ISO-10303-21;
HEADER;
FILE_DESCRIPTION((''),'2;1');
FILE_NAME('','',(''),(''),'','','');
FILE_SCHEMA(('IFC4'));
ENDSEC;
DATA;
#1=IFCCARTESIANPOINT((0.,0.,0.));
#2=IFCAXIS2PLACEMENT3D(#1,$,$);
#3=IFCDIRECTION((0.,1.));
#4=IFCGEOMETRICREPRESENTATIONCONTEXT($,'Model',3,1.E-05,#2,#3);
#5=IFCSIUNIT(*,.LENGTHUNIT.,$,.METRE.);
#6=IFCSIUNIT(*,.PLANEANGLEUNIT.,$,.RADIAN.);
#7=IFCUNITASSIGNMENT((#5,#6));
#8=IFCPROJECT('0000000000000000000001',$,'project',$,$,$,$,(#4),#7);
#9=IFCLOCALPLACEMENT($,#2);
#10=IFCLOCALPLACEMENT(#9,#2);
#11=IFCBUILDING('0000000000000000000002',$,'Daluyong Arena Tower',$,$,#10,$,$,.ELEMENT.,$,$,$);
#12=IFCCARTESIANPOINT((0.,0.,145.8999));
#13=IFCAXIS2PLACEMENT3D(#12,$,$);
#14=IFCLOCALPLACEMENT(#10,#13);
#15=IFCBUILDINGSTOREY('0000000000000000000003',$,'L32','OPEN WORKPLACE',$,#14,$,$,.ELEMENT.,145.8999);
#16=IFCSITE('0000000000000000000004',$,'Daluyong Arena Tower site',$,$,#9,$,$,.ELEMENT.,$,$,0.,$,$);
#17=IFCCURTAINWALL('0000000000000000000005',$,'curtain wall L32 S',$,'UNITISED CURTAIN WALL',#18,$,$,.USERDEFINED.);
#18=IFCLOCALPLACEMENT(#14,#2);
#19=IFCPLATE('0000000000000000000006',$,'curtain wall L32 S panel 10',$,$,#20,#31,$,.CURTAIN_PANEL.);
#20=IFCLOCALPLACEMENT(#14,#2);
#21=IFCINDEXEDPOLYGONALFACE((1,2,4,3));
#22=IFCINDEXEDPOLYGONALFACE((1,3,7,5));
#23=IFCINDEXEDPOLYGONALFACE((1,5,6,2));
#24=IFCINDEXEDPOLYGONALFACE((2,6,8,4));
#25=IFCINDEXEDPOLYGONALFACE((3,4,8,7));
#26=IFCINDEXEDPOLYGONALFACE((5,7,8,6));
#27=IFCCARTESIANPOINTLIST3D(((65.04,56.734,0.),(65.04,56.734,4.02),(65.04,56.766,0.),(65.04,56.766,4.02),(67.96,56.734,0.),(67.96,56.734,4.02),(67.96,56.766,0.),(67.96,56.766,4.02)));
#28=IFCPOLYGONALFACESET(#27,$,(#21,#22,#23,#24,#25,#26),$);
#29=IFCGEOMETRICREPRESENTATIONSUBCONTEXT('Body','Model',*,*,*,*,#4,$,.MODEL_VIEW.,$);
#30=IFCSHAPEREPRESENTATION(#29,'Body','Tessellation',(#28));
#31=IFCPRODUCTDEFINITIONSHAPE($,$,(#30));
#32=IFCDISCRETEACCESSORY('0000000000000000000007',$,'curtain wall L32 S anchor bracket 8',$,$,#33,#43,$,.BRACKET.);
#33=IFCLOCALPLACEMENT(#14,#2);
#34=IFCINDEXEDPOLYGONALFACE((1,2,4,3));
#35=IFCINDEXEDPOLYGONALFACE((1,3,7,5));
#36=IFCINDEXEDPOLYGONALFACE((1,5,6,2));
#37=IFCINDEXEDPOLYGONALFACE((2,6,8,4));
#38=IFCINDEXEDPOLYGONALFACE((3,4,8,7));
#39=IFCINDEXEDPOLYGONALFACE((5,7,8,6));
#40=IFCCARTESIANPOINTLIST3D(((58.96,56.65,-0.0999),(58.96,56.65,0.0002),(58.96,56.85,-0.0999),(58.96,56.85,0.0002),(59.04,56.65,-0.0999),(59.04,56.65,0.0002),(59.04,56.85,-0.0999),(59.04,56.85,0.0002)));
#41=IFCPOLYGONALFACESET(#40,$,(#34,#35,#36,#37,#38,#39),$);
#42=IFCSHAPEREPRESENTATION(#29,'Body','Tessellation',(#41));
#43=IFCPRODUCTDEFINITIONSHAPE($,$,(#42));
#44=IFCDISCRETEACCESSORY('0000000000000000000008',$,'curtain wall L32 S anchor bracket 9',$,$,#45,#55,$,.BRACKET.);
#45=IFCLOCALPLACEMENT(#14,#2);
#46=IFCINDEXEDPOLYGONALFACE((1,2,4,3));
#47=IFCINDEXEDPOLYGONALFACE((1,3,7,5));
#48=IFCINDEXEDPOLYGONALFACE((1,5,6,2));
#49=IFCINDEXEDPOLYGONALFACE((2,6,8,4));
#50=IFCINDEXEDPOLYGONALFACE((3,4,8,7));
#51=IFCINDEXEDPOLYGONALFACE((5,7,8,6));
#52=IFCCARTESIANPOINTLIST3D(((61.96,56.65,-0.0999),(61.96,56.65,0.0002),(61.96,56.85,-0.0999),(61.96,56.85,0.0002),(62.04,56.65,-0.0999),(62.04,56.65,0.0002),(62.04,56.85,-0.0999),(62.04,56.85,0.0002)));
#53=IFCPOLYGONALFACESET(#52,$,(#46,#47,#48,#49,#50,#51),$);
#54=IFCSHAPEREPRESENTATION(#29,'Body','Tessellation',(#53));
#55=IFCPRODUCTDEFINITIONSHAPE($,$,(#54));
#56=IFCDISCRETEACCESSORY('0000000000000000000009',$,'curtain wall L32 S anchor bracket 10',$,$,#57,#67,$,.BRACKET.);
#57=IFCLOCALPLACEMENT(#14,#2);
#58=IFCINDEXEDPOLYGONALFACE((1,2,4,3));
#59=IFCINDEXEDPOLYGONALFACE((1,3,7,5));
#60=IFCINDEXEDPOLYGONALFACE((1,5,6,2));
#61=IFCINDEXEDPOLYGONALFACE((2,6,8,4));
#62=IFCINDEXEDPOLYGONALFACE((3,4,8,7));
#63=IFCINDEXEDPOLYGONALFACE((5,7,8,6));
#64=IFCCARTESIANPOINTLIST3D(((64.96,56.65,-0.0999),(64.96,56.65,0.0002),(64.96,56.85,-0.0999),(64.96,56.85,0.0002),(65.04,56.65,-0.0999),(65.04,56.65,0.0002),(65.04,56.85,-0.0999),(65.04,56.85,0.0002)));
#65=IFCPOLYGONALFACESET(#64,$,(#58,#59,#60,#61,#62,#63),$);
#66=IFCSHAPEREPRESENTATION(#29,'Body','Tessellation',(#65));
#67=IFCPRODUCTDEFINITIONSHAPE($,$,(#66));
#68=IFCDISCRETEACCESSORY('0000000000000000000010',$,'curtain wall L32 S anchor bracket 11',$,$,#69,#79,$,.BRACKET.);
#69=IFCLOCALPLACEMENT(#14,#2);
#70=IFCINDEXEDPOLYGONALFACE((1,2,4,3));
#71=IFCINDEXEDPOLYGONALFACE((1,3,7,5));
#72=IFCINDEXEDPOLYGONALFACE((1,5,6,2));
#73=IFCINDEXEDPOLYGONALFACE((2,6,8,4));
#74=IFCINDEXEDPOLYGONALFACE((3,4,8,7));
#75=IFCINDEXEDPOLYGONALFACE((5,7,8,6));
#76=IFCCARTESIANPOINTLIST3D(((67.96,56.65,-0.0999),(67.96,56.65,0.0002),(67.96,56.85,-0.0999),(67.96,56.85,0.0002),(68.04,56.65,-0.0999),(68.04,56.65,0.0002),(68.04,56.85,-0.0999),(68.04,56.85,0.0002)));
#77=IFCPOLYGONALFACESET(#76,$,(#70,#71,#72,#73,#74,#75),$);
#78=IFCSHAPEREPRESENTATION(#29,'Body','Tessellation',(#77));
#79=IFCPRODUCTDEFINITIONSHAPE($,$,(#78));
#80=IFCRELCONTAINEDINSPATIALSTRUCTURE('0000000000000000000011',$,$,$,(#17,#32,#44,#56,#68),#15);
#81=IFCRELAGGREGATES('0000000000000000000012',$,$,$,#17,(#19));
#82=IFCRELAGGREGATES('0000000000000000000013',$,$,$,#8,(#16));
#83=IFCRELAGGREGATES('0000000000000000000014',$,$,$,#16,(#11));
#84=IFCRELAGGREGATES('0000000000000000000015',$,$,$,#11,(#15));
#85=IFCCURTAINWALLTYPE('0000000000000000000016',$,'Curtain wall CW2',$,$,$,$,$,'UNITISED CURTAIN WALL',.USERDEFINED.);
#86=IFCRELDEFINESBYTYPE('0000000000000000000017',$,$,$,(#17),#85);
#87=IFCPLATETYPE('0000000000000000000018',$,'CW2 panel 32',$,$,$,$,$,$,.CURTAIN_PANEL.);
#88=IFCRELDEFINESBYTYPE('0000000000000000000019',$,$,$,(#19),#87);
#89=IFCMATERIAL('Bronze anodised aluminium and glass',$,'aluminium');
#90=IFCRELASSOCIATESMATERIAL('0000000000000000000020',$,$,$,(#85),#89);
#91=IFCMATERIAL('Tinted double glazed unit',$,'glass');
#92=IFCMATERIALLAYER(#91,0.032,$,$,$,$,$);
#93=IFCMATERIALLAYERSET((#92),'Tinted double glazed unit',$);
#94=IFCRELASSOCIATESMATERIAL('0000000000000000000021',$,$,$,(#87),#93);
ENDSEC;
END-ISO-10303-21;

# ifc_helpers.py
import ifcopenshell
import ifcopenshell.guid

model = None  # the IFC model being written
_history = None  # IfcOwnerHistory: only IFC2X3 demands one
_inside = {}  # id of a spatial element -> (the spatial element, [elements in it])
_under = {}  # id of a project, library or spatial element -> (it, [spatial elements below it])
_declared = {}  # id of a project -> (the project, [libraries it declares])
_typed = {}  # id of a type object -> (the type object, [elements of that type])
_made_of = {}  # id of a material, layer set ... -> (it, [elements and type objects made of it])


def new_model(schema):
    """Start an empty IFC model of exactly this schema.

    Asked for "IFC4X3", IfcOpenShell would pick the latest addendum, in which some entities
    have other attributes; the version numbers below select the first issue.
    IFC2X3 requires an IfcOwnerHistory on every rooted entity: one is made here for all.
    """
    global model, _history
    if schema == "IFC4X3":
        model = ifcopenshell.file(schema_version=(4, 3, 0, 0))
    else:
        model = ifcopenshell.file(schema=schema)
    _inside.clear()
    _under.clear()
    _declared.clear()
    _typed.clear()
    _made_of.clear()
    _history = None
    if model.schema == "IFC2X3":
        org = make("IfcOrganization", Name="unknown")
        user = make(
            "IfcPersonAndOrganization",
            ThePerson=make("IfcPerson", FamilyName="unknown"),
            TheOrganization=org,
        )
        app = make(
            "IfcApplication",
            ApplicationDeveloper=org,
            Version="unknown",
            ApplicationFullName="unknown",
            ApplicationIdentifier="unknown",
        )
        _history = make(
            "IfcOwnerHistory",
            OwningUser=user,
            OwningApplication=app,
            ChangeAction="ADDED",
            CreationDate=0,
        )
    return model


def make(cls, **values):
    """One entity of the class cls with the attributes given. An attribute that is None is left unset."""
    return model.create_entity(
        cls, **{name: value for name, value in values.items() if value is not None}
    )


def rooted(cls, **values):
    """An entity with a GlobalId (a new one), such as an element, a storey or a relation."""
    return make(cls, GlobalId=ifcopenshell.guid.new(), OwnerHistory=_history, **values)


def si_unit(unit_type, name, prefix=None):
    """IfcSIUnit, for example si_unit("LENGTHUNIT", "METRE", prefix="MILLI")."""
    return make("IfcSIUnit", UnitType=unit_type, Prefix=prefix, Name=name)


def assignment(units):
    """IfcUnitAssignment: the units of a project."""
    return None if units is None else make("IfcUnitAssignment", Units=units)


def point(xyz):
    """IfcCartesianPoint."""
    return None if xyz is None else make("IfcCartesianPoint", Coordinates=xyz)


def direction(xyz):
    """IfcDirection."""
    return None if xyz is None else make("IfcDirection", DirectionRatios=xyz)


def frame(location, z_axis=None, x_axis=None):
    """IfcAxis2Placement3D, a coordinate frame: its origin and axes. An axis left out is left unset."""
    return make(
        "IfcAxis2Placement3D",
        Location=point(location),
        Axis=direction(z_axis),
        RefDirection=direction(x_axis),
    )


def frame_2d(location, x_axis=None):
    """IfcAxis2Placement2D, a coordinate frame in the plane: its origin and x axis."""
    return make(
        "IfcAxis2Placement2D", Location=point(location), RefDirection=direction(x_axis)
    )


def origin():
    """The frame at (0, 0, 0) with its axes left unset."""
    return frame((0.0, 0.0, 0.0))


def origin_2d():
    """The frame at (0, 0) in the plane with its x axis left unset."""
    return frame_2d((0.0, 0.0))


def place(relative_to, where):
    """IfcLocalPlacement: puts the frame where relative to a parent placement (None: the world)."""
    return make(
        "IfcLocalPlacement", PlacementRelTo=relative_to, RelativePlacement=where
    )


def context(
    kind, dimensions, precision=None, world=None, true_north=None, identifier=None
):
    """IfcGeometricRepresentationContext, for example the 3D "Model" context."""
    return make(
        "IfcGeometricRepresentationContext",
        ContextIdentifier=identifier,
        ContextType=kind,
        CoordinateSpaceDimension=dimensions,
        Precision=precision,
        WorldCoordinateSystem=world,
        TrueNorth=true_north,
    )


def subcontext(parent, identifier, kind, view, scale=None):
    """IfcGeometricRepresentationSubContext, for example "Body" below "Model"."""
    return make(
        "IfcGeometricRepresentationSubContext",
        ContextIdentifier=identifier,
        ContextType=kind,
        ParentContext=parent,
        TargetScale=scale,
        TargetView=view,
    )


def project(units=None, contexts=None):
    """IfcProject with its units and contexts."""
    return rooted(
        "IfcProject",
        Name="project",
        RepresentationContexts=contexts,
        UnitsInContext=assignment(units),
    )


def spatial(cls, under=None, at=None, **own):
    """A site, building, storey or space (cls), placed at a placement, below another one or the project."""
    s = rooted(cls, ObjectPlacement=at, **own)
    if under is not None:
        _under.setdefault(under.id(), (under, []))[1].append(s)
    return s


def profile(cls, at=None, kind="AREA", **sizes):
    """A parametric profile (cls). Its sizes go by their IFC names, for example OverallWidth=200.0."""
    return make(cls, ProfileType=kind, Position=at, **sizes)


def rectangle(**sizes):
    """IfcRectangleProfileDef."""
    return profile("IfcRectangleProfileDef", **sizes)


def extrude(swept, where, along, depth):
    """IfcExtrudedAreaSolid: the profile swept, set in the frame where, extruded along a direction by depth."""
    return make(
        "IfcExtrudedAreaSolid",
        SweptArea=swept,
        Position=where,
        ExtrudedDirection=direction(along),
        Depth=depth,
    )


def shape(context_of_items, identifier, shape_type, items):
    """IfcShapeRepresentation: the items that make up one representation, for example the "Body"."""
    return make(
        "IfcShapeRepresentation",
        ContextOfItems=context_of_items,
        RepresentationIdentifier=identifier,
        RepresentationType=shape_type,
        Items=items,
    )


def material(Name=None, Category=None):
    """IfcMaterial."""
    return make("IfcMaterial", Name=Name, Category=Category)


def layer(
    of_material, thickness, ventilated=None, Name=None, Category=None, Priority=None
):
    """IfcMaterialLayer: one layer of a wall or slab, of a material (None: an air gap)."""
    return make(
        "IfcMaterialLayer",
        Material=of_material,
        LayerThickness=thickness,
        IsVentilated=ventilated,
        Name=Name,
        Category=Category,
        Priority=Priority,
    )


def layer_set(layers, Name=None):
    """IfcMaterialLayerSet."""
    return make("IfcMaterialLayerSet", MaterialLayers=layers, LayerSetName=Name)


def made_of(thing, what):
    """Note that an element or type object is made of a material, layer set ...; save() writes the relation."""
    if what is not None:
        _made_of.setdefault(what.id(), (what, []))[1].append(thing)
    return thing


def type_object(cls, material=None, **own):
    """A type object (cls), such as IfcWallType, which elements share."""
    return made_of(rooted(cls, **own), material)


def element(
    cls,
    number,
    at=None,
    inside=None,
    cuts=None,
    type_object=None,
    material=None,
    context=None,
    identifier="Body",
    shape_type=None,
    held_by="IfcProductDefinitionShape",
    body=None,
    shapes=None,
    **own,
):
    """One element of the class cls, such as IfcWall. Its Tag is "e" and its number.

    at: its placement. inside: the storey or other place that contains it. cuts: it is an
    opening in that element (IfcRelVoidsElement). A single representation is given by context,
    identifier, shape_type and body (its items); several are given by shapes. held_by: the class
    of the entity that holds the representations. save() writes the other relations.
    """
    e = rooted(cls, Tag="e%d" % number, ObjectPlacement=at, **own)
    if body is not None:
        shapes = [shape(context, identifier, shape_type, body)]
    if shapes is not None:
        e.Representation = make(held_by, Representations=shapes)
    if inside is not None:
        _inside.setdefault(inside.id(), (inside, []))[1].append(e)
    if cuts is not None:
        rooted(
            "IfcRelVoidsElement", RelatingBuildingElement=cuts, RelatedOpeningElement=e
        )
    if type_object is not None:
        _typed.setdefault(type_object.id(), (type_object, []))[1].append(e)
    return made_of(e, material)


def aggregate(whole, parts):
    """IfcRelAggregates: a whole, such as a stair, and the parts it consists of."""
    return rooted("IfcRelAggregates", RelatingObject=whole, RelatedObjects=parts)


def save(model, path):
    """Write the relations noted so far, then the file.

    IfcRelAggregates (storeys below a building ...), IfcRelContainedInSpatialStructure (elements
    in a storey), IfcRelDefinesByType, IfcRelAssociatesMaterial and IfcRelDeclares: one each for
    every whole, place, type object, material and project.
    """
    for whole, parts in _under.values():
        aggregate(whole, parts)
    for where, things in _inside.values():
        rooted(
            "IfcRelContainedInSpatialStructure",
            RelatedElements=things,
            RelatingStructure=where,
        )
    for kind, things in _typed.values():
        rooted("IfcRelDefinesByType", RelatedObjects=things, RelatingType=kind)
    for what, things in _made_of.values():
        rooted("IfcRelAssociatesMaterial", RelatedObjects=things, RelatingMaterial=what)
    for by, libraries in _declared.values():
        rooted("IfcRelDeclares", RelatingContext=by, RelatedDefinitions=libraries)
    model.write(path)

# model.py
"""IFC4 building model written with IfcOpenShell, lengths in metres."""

from ifc_helpers import new_model, si_unit, direction, frame, origin, origin_2d, place, context, subcontext, project, spatial, rectangle, extrude, material, layer, layer_set, type_object, element, aggregate, save


model = new_model("IFC4")

# Units and contexts
model_context = context("Model", 3, precision=1e-05, world=origin(), true_north=direction((0.0, 1.0)))
body_context = subcontext(model_context, "Body", "Model", "MODEL_VIEW")
ifc_project = project(units=[si_unit("LENGTHUNIT", "METRE"), si_unit("PLANEANGLEUNIT", "RADIAN")], contexts=[model_context])

# Site, building, storey
site_placement = place(None, origin())
site = spatial("IfcSite", under=ifc_project, at=site_placement, Name="Daluyong Arena Tower site", CompositionType="ELEMENT", RefElevation=0.0)
building_placement = place(site_placement, origin())
building = spatial("IfcBuilding", under=site, at=building_placement, Name="Daluyong Arena Tower", CompositionType="ELEMENT")
storey_placement = place(building_placement, frame((0.0, 0.0, 145.8999)))
storey = spatial("IfcBuildingStorey", under=building, at=storey_placement, Name="L32", Description="OPEN WORKPLACE", CompositionType="ELEMENT", Elevation=145.8999)

# Curtain wall
ifc_material_1 = material(Name="Bronze anodised aluminium and glass", Category="aluminium")
curtain_wall_type = type_object("IfcCurtainWallType", Name="Curtain wall CW2", ElementType="UNITISED CURTAIN WALL", PredefinedType="USERDEFINED", material=ifc_material_1)
curtain_wall_placement = place(storey_placement, origin())
curtain_wall = element("IfcCurtainWall", 1, at=curtain_wall_placement, inside=storey, type_object=curtain_wall_type, Name="curtain wall L32 S", ObjectType="UNITISED CURTAIN WALL", PredefinedType="USERDEFINED")

# Plate
ifc_material_2 = material(Name="Tinted double glazed unit", Category="glass")
ifc_layer = layer(ifc_material_2, 0.032)
ifc_layer_set = layer_set([ifc_layer], Name="Tinted double glazed unit")
plate_type = type_object("IfcPlateType", Name="CW2 panel 32", PredefinedType="CURTAIN_PANEL", material=ifc_layer_set)
plate_1_placement = place(storey_placement, frame((66.5, 56.75, 0.0), z_axis=(0.0, 0.0, 1.0), x_axis=(1.0, 0.0, 0.0)))
plate_1 = element("IfcPlate", 2, at=plate_1_placement, type_object=plate_type, Name="curtain wall L32 S panel 10", PredefinedType="CURTAIN_PANEL", context=body_context, shape_type="SweptSolid", body=[
    extrude(rectangle(XDim=2.9199, YDim=0.032, at=origin_2d()), origin(), (0.0, 0.0, 1.0), 4.02),
])
aggregate(curtain_wall, [plate_1])

# Discrete accessories
for number, where, z_axis, x_axis, name in (
    (3, (59.0, 56.75, -0.0999), (0.0, 0.0, 1.0), (1.0, 0.0, 0.0), "curtain wall L32 S anchor bracket 8"),
    (4, (62.0, 56.75, -0.0999), (0.0, 0.0, 1.0), (1.0, 0.0, 0.0), "curtain wall L32 S anchor bracket 9"),
    (5, (65.0, 56.75, -0.0999), (0.0, 0.0, 1.0), (1.0, 0.0, 0.0), "curtain wall L32 S anchor bracket 10"),
    (6, (68.0, 56.75, -0.0999), (0.0, 0.0, 1.0), (1.0, 0.0, 0.0), "curtain wall L32 S anchor bracket 11"),
):
    element("IfcDiscreteAccessory", number, at=place(storey_placement, frame(where, z_axis=z_axis, x_axis=x_axis)), inside=storey, Name=name, PredefinedType="BRACKET", context=body_context, shape_type="SweptSolid", body=[
        extrude(rectangle(XDim=0.0801, YDim=0.2, at=origin_2d()), origin(), (0.0, 0.0, 1.0), 0.1001),
    ])

save(model, "model.ifc")
